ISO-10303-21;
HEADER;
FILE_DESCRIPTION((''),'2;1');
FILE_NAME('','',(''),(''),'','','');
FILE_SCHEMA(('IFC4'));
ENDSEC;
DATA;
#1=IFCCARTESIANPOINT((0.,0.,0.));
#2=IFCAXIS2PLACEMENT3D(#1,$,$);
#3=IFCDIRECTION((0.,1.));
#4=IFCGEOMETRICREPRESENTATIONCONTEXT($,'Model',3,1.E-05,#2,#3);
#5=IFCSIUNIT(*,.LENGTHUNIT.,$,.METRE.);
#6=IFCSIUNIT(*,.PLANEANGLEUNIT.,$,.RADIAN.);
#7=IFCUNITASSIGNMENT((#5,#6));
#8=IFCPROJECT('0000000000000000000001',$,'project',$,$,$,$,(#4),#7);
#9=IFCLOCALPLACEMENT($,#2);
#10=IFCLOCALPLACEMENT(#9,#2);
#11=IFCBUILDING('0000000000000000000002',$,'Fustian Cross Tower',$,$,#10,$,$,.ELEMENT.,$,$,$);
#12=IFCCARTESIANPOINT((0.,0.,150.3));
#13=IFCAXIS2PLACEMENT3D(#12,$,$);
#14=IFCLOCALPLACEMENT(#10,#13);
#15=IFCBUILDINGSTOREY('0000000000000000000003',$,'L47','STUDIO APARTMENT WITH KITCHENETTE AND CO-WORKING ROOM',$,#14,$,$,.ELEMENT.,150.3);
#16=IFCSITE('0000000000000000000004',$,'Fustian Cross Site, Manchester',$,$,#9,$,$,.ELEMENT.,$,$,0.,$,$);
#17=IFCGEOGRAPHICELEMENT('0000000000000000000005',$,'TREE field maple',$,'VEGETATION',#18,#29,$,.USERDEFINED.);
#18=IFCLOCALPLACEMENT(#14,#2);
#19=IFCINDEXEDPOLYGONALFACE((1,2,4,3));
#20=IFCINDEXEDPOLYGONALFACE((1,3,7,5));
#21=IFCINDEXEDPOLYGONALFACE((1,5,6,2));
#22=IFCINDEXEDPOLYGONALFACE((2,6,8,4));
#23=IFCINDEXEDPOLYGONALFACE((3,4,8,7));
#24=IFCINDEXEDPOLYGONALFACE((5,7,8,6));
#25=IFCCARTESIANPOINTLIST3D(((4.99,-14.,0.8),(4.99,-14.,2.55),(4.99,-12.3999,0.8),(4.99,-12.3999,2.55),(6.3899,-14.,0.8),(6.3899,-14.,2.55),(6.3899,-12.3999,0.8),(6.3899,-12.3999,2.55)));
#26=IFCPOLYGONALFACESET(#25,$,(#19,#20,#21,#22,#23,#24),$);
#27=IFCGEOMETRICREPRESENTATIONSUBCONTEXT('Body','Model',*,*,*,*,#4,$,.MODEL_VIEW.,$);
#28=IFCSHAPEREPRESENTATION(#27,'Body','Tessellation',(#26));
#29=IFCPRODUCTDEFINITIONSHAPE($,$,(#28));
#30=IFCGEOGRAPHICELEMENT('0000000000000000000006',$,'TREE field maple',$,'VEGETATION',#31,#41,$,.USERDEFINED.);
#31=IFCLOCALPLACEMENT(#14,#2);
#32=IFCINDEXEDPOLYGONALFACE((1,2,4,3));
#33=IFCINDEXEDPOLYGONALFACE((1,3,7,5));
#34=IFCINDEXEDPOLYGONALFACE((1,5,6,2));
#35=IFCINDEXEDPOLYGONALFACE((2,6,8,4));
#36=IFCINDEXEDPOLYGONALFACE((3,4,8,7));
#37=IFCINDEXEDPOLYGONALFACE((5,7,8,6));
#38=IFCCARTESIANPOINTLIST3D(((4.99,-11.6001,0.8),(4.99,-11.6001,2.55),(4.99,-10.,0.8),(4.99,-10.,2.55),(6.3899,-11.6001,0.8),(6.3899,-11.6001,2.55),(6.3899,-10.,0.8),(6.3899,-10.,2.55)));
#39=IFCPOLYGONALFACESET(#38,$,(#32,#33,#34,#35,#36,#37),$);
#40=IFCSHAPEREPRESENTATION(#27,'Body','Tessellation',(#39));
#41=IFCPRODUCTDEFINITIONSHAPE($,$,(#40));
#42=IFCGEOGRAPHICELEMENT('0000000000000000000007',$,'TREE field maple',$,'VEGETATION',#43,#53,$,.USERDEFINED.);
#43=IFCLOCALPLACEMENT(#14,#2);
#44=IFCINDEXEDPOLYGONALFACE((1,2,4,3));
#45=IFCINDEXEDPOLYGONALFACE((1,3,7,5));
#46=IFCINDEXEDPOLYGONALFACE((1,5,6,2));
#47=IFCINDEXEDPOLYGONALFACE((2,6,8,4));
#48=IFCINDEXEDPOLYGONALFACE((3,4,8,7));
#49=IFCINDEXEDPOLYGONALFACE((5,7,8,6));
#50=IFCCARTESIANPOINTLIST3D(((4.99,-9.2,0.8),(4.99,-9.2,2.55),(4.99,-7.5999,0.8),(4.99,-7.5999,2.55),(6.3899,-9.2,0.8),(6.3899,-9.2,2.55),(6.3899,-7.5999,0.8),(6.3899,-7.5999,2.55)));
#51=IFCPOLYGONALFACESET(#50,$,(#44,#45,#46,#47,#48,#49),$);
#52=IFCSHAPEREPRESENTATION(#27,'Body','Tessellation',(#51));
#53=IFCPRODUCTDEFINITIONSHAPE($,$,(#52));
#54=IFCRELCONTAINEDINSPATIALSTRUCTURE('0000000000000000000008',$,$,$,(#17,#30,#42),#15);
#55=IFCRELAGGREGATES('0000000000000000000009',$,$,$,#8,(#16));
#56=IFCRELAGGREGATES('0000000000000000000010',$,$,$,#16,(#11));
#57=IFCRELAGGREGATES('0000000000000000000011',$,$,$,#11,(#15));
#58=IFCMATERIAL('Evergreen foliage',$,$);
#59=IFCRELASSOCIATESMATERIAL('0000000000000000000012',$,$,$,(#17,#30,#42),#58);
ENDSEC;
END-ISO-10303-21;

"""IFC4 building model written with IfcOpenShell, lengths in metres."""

from ifc_helpers import new_model, si_unit, direction, frame, origin, origin_2d, place, context, subcontext, project, spatial, rectangle, extrude, material, element, save


model = new_model("IFC4")

# Units and contexts
model_context = context("Model", 3, precision=1e-05, world=origin(), true_north=direction((0.0, 1.0)))
body_context = subcontext(model_context, "Body", "Model", "MODEL_VIEW")
ifc_project = project(units=[si_unit("LENGTHUNIT", "METRE"), si_unit("PLANEANGLEUNIT", "RADIAN")], contexts=[model_context])

# Site, building, storey
site_placement = place(None, origin())
site = spatial("IfcSite", under=ifc_project, at=site_placement, Name="Fustian Cross Site, Manchester", CompositionType="ELEMENT", RefElevation=0.0)
building_placement = place(site_placement, origin())
building = spatial("IfcBuilding", under=site, at=building_placement, Name="Fustian Cross Tower", CompositionType="ELEMENT")
storey_placement = place(building_placement, frame((0.0, 0.0, 150.3)))
storey = spatial("IfcBuildingStorey", under=building, at=storey_placement, Name="L47", Description="STUDIO APARTMENT WITH KITCHENETTE AND CO-WORKING ROOM", CompositionType="ELEMENT", Elevation=150.3)

# Geographic elements
ifc_material_1 = material(Name="Evergreen foliage")
for number, where, z_axis, x_axis, name in (
    (1, (5.6899, -13.2, 0.8), (0.0, 0.0, 1.0), (1.0, 0.0, 0.0), "TREE field maple"),
    (2, (5.6899, -10.8, 0.8), (0.0, 0.0, 1.0), (1.0, 0.0, 0.0), "TREE field maple"),
    (3, (5.6899, -8.3999, 0.8), (0.0, 0.0, 1.0), (1.0, 0.0, 0.0), "TREE field maple"),
):
    element("IfcGeographicElement", number, at=place(storey_placement, frame(where, z_axis=z_axis, x_axis=x_axis)), inside=storey, material=ifc_material_1, Name=name, ObjectType="VEGETATION", PredefinedType="USERDEFINED", context=body_context, shape_type="SweptSolid", body=[
        extrude(rectangle(XDim=1.3999, YDim=1.6001, at=origin_2d()), origin(), (0.0, 0.0, 1.0), 1.75),
    ])

save(model, "model.ifc")
